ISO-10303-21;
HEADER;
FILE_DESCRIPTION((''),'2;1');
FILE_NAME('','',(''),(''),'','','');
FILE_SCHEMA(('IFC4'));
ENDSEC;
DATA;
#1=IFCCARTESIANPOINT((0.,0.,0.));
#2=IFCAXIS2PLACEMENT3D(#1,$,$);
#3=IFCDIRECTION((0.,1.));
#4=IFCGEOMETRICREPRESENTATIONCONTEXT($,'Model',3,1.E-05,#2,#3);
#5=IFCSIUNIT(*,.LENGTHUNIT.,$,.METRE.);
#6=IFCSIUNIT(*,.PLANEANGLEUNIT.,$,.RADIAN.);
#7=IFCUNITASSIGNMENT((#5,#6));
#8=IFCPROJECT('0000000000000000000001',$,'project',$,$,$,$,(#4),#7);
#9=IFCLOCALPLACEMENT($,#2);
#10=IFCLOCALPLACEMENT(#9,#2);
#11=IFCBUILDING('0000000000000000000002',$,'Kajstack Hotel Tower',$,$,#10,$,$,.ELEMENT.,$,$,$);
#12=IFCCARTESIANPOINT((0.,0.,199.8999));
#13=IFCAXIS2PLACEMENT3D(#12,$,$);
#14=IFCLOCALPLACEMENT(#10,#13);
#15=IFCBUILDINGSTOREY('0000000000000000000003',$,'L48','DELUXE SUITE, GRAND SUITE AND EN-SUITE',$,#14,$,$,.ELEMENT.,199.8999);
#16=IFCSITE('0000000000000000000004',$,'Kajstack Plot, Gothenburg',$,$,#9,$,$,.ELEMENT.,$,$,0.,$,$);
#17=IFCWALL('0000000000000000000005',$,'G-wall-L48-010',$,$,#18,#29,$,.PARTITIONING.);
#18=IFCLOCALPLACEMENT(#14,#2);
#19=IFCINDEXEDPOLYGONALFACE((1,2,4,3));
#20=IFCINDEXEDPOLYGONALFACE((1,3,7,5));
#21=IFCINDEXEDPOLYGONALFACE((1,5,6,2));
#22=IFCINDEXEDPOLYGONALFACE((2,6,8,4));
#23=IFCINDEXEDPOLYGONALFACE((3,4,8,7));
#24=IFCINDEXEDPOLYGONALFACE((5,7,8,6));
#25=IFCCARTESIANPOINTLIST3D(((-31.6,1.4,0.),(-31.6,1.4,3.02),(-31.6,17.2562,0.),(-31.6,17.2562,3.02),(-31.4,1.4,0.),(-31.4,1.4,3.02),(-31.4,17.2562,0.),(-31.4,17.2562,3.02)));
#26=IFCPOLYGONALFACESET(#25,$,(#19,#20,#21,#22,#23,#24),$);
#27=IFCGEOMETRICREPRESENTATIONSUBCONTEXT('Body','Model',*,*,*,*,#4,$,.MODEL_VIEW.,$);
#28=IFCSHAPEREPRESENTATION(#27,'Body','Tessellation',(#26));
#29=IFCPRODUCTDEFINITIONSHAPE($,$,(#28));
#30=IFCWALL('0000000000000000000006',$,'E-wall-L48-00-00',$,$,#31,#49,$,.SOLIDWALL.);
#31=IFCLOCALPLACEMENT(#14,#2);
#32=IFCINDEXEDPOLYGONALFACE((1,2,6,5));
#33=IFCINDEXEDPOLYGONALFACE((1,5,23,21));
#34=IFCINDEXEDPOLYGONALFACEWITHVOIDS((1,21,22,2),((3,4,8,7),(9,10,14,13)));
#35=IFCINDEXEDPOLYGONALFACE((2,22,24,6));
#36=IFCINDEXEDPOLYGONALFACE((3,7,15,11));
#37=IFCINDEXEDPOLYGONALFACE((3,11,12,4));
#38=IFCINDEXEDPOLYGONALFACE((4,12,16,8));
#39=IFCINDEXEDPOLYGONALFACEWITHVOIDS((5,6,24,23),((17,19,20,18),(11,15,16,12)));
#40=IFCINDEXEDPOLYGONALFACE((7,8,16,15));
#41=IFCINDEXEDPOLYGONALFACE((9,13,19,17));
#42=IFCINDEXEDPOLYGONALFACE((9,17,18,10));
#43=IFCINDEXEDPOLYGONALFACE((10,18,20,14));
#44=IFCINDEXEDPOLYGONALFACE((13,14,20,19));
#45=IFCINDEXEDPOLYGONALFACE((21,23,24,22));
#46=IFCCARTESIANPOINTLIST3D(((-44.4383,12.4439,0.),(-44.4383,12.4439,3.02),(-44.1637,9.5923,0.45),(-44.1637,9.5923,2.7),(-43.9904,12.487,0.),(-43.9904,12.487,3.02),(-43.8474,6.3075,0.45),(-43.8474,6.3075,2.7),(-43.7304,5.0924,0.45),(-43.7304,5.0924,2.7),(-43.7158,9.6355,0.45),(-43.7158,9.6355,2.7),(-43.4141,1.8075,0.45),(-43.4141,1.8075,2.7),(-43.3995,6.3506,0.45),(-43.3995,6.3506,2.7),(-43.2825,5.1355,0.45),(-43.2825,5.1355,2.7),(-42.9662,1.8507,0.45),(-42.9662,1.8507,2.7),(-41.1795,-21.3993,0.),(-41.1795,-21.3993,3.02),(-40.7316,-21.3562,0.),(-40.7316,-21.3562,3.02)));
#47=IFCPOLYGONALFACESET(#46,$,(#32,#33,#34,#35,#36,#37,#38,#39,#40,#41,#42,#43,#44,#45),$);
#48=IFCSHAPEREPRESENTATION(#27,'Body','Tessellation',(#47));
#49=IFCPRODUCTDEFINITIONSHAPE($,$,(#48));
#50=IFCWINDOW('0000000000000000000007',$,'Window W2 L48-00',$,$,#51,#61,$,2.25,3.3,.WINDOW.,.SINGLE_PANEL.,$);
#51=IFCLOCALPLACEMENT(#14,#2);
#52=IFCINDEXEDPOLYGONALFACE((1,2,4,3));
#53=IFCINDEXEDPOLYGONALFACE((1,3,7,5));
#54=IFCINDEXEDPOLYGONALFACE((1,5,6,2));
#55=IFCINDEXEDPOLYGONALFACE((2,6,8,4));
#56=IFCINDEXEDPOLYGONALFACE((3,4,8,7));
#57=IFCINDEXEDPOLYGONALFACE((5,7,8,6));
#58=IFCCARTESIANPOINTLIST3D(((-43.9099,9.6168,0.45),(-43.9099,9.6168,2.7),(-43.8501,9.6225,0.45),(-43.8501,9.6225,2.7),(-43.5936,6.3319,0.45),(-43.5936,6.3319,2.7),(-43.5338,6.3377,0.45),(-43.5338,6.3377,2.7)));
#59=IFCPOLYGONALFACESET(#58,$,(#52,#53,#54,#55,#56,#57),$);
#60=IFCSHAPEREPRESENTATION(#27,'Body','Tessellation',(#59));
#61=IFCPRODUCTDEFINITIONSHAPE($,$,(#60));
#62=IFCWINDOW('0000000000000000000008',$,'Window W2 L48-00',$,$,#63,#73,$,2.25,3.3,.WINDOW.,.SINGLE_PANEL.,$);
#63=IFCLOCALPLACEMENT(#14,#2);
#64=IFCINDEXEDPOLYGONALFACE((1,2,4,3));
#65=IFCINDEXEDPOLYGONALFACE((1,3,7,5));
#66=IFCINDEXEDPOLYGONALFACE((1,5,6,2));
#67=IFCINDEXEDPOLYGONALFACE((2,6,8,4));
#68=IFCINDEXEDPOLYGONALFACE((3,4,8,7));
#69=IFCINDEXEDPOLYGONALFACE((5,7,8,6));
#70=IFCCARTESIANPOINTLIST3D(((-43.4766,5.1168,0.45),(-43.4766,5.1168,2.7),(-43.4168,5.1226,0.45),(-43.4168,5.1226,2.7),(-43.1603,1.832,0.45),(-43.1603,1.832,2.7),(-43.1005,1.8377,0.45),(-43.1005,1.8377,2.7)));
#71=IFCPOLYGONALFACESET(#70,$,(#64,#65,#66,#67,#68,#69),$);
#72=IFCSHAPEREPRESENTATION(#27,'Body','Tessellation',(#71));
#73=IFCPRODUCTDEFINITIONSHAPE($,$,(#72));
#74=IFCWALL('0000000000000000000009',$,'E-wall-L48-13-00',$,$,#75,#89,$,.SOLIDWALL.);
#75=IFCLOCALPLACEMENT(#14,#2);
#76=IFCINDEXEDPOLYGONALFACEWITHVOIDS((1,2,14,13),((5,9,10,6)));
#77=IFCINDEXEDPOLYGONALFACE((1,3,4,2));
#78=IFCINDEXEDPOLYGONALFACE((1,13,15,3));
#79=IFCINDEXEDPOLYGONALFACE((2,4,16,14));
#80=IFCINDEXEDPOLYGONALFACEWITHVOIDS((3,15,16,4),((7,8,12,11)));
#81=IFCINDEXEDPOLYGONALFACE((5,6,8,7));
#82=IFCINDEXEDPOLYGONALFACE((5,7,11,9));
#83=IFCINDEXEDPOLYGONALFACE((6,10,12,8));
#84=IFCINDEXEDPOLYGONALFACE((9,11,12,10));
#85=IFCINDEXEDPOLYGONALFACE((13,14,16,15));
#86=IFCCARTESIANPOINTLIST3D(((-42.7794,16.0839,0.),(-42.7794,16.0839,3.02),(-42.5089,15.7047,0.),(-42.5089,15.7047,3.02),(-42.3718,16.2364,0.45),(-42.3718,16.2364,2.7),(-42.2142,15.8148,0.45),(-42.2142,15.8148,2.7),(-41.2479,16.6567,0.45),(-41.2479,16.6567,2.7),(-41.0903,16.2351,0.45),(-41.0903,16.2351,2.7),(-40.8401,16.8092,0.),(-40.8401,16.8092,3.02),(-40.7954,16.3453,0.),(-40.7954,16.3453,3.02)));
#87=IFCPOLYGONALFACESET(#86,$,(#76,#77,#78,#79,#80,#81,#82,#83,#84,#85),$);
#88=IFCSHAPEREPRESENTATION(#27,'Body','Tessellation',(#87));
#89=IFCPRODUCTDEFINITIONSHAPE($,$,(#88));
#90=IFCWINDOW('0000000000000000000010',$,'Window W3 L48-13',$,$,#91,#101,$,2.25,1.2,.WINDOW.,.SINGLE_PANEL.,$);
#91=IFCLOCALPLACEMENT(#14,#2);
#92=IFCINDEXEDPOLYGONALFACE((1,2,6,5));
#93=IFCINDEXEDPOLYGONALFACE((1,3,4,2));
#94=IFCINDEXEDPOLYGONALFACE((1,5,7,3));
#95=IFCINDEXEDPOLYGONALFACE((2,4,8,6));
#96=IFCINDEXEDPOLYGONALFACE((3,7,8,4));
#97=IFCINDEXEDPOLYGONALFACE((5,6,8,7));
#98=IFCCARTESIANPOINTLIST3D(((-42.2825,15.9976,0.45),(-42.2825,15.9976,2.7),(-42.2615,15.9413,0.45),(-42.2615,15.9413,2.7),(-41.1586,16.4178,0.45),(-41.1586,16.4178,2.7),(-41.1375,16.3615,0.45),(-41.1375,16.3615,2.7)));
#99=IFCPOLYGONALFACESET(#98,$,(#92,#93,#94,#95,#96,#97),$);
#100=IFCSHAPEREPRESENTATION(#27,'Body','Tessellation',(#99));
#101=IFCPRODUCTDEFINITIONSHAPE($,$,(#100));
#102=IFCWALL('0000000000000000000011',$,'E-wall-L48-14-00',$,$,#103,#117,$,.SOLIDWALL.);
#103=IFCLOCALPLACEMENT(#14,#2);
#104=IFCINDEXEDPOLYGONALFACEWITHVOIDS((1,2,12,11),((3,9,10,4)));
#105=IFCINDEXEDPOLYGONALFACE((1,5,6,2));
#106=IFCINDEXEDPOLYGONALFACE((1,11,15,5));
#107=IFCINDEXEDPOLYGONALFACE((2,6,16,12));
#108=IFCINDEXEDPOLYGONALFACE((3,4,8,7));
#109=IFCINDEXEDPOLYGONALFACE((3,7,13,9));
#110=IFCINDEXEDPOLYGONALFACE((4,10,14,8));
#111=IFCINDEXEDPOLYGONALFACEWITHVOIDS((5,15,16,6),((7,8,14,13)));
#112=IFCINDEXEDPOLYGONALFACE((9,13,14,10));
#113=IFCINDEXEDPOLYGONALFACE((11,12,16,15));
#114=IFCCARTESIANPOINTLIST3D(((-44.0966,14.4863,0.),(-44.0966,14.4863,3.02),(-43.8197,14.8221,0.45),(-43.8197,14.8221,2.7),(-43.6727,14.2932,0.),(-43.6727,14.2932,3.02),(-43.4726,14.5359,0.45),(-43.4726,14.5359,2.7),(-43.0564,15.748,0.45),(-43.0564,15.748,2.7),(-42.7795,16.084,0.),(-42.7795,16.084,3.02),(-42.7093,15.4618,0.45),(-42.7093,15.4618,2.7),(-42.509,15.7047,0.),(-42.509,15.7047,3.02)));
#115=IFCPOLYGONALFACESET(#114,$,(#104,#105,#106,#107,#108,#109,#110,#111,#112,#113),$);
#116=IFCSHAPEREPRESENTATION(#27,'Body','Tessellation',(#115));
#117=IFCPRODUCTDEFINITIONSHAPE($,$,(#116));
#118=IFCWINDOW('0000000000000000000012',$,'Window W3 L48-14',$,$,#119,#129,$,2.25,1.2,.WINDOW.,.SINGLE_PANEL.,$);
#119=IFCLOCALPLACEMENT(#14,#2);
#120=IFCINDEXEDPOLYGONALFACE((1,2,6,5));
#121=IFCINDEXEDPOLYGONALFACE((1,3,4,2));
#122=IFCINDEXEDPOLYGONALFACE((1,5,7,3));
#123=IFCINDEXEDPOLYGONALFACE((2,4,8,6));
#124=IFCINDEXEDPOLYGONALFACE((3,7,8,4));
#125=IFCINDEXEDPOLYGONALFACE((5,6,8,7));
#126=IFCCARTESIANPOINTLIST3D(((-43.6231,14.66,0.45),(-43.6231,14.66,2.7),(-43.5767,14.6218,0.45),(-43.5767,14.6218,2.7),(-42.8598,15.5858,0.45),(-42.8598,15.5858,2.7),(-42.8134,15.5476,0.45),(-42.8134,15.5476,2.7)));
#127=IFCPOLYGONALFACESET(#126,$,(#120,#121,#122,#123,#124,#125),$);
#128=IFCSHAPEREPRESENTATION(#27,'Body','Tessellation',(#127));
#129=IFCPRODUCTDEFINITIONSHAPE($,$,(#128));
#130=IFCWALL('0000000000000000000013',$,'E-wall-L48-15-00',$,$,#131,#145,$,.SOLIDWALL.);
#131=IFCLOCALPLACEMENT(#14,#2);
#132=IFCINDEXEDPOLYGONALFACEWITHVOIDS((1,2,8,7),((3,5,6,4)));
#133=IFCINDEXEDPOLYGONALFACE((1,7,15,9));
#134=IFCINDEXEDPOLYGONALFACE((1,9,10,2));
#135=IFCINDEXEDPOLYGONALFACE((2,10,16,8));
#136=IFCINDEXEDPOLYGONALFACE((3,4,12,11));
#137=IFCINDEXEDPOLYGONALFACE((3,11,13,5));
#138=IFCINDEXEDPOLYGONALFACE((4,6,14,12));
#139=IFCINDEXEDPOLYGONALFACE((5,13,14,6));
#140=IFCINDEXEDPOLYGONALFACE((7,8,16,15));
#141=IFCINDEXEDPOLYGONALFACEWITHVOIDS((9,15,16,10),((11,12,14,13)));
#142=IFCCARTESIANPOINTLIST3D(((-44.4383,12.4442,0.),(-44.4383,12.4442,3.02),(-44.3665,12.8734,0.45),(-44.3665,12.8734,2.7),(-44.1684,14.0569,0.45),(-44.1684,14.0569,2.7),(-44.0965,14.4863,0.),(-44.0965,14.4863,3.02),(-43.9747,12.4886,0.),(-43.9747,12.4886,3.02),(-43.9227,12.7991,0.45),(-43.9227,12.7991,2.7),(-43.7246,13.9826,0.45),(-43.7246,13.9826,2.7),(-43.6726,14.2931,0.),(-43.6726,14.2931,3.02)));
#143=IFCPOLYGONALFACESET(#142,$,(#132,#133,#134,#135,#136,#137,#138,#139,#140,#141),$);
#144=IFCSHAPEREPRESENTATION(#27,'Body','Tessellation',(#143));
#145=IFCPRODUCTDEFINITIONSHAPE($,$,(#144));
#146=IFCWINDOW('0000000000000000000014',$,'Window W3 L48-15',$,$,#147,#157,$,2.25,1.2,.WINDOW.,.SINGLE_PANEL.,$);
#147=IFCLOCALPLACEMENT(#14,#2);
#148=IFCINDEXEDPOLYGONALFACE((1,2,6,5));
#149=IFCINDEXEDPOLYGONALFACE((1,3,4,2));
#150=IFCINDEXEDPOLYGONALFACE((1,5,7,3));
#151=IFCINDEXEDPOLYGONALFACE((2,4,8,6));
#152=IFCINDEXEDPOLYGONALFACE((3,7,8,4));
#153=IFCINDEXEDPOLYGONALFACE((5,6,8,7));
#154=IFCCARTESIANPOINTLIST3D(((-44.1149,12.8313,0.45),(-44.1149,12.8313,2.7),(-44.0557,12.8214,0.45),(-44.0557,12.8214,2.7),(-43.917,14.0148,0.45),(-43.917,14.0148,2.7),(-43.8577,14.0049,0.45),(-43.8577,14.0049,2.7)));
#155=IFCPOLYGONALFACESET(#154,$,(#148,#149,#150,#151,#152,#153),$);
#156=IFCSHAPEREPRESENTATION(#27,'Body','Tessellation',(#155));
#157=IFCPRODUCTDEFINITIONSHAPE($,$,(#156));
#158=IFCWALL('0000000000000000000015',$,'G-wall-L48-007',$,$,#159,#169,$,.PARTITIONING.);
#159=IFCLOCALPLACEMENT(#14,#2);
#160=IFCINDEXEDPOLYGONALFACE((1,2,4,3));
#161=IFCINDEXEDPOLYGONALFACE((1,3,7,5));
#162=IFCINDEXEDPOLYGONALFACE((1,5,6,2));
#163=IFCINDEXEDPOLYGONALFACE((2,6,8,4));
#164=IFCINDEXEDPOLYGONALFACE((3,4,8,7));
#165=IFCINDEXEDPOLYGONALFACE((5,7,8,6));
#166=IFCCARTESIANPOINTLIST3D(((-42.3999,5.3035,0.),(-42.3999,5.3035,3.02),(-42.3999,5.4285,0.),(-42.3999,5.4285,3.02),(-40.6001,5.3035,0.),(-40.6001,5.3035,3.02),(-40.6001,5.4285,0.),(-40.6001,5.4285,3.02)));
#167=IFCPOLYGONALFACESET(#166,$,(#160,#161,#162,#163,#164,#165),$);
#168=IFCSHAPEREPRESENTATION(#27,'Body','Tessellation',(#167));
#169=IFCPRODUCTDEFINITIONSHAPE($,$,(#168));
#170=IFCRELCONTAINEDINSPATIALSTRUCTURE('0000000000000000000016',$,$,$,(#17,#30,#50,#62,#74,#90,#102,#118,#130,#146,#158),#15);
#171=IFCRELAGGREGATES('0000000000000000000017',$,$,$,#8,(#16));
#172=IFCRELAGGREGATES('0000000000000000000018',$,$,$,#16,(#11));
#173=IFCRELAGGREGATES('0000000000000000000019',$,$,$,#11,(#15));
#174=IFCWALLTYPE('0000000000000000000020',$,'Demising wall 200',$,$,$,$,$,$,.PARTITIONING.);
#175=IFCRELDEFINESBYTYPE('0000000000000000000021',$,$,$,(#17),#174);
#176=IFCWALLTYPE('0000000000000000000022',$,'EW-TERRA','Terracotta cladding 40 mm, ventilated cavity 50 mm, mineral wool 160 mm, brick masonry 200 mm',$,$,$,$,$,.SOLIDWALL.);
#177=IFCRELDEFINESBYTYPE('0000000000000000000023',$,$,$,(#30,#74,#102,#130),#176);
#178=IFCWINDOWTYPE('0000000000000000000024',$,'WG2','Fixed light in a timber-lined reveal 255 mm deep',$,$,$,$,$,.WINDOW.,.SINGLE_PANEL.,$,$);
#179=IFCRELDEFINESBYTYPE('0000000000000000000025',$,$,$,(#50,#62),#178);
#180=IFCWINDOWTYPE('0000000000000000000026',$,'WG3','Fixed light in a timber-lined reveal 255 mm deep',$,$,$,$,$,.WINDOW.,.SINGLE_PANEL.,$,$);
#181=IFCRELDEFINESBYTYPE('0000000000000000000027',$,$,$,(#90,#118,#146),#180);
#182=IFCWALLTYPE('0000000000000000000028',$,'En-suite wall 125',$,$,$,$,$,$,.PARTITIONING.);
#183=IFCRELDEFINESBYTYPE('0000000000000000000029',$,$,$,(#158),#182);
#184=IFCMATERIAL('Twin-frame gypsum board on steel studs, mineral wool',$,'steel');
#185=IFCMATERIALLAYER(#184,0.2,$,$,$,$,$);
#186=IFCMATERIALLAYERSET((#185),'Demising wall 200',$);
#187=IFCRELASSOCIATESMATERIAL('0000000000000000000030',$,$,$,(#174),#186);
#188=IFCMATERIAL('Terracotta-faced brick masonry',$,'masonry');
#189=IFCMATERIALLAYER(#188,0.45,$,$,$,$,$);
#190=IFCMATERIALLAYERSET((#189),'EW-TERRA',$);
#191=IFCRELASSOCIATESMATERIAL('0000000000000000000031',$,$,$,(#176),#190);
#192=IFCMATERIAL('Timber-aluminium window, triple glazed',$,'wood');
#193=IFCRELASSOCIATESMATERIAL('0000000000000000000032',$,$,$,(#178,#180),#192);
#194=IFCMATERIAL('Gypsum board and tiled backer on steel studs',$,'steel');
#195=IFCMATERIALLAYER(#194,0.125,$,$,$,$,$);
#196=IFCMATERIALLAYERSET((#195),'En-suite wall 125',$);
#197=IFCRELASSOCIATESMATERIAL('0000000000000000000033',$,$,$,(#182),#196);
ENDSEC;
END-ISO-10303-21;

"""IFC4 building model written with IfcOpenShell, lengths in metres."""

from ifc_helpers import new_model, si_unit, direction, frame, frame_2d, origin, place, context, subcontext, project, spatial, polyline, rectangle, outline, extrude, material, layer, layer_set, type_object, element, fill, save


model = new_model("IFC4")

# Units and contexts
model_context = context("Model", 3, precision=1e-05, world=origin(), true_north=direction((0.0, 1.0)))
body_context = subcontext(model_context, "Body", "Model", "MODEL_VIEW")
ifc_project = project(units=[si_unit("LENGTHUNIT", "METRE"), si_unit("PLANEANGLEUNIT", "RADIAN")], contexts=[model_context])

# Site, building, storey
site_placement = place(None, origin())
site = spatial("IfcSite", under=ifc_project, at=site_placement, Name="Kajstack Plot, Gothenburg", CompositionType="ELEMENT", RefElevation=0.0)
building_placement = place(site_placement, origin())
building = spatial("IfcBuilding", under=site, at=building_placement, Name="Kajstack Hotel Tower", CompositionType="ELEMENT")
storey_placement = place(building_placement, frame((0.0, 0.0, 199.8999)))
storey = spatial("IfcBuildingStorey", under=building, at=storey_placement, Name="L48", Description="DELUXE SUITE, GRAND SUITE AND EN-SUITE", CompositionType="ELEMENT", Elevation=199.8999)

# Wall
ifc_material_1 = material(Name="Twin-frame gypsum board on steel studs, mineral wool", Category="steel")
ifc_layer_1 = layer(ifc_material_1, 0.2)
ifc_layer_set_1 = layer_set([ifc_layer_1], Name="Demising wall 200")
wall_type_1 = type_object("IfcWallType", Name="Demising wall 200", PredefinedType="PARTITIONING", material=ifc_layer_set_1)
wall_1_placement = place(storey_placement, frame((-31.5, 1.3999, 0.0), z_axis=(0.0, 0.0, 1.0), x_axis=(0.0, 1.0, 0.0)))
element("IfcWall", 1, at=wall_1_placement, inside=storey, type_object=wall_type_1, Name="G-wall-L48-010", PredefinedType="PARTITIONING", context=body_context, shape_type="SweptSolid", body=[
    extrude(rectangle(XDim=15.8562, YDim=0.2, at=frame_2d((7.9282, 0.0))), origin(), (0.0, 0.0, 1.0), 3.02),
])

# Wall, openings, windows
ifc_material_2 = material(Name="Terracotta-faced brick masonry", Category="masonry")
ifc_layer_2 = layer(ifc_material_2, 0.45)
ifc_layer_set_2 = layer_set([ifc_layer_2], Name="EW-TERRA")
wall_type_2 = type_object("IfcWallType", Name="EW-TERRA", Description="Terracotta cladding 40 mm, ventilated cavity 50 mm, mineral wool 160 mm, brick masonry 200 mm", PredefinedType="SOLIDWALL", material=ifc_layer_set_2)
wall_2_placement = place(storey_placement, frame((-44.2144, 12.4656, 0.0), z_axis=(0.0, 0.0, 1.0), x_axis=(0.095847, -0.995396, 0.0)))
wall_2 = element("IfcWall", 2, at=wall_2_placement, inside=storey, type_object=wall_type_2, Name="E-wall-L48-00-00", PredefinedType="SOLIDWALL", context=body_context, shape_type="SweptSolid", body=[
    extrude(rectangle(XDim=33.9998, YDim=0.45, at=frame_2d((17.0, 0.0))), origin(), (0.0, 0.0, 1.0), 3.02),
])
opening_1_placement = place(wall_2_placement, frame((2.865, 0.0, 0.45)))
opening_1 = element("IfcOpeningElement", 3, at=opening_1_placement, cuts=wall_2, PredefinedType="OPENING", context=body_context, shape_type="SweptSolid", body=[
    extrude(rectangle(XDim=3.3, YDim=2.25, at=frame_2d((1.6499, 1.125))), frame((0.0, 0.2349, 0.0), z_axis=(0.0, -1.0, 0.0), x_axis=(1.0, 0.0, 0.0)), (0.0, 0.0, 1.0), 0.47),
])
opening_2_placement = place(wall_2_placement, frame((7.3857, 0.0, 0.45)))
opening_2 = element("IfcOpeningElement", 4, at=opening_2_placement, cuts=wall_2, PredefinedType="OPENING", context=body_context, shape_type="SweptSolid", body=[
    extrude(rectangle(XDim=3.3, YDim=2.25, at=frame_2d((1.6499, 1.125))), frame((0.0, 0.2349, 0.0), z_axis=(0.0, -1.0, 0.0), x_axis=(1.0, 0.0, 0.0)), (0.0, 0.0, 1.0), 0.47),
])
ifc_material_3 = material(Name="Timber-aluminium window, triple glazed", Category="wood")
window_type_1 = type_object("IfcWindowType", Name="WG2", Description="Fixed light in a timber-lined reveal 255 mm deep", PartitioningType="SINGLE_PANEL", PredefinedType="WINDOW", material=ifc_material_3)
window_1_placement = place(opening_1_placement, origin())
window_1 = element("IfcWindow", 5, at=window_1_placement, inside=storey, type_object=window_type_1, Name="Window W2 L48-00", OverallHeight=2.25, OverallWidth=3.3, PartitioningType="SINGLE_PANEL", PredefinedType="WINDOW", context=body_context, shape_type="SweptSolid", body=[
    extrude(rectangle(XDim=3.3, YDim=2.25, at=frame_2d((1.6499, 1.125))), frame((0.0, 0.0901, 0.0), z_axis=(0.0, -1.0, 0.0), x_axis=(1.0, 0.0, 0.0)), (0.0, 0.0, 1.0), 0.0601),
])
fill(opening_1, window_1)
window_2_placement = place(opening_2_placement, origin())
window_2 = element("IfcWindow", 6, at=window_2_placement, inside=storey, type_object=window_type_1, Name="Window W2 L48-00", OverallHeight=2.25, OverallWidth=3.3, PartitioningType="SINGLE_PANEL", PredefinedType="WINDOW", context=body_context, shape_type="SweptSolid", body=[
    extrude(rectangle(XDim=3.3, YDim=2.25, at=frame_2d((1.6499, 1.125))), frame((0.0, 0.0901, 0.0), z_axis=(0.0, -1.0, 0.0), x_axis=(1.0, 0.0, 0.0)), (0.0, 0.0, 1.0), 0.0601),
])
fill(opening_2, window_2)

# Walls, openings, windows
wall_3_placement = place(storey_placement, frame((-40.7612, 16.5984, 0.0), z_axis=(0.0, 0.0, 1.0), x_axis=(-0.936678, -0.350193, 0.0)))
wall_3 = element("IfcWall", 7, at=wall_3_placement, inside=storey, type_object=wall_type_2, Name="E-wall-L48-13-00", PredefinedType="SOLIDWALL", context=body_context, shape_type="SweptSolid", body=[
    extrude(outline(polyline([(0.0, -0.2251), (2.0706, -0.2249), (1.95, 0.2251), (0.1206, 0.2251), (0.0, -0.2251)])), origin(), (0.0, 0.0, 1.0), 3.02),
])
opening_3_placement = place(wall_3_placement, frame((0.4353, 0.0, 0.45)))
opening_3 = element("IfcOpeningElement", 8, at=opening_3_placement, cuts=wall_3, PredefinedType="OPENING", context=body_context, shape_type="SweptSolid", body=[
    extrude(rectangle(XDim=1.2, YDim=2.25, at=frame_2d((0.6001, 1.125))), frame((0.0, 0.2349, 0.0), z_axis=(0.0, -1.0, 0.0), x_axis=(1.0, 0.0, 0.0)), (0.0, 0.0, 1.0), 0.47),
])
window_type_2 = type_object("IfcWindowType", Name="WG3", Description="Fixed light in a timber-lined reveal 255 mm deep", PartitioningType="SINGLE_PANEL", PredefinedType="WINDOW", material=ifc_material_3)
window_3_placement = place(opening_3_placement, origin())
window_3 = element("IfcWindow", 9, at=window_3_placement, inside=storey, type_object=window_type_2, Name="Window W3 L48-13", OverallHeight=2.25, OverallWidth=1.2, PartitioningType="SINGLE_PANEL", PredefinedType="WINDOW", context=body_context, shape_type="SweptSolid", body=[
    extrude(rectangle(XDim=1.2, YDim=2.25, at=frame_2d((0.6001, 1.125))), frame((0.0, 0.0901, 0.0), z_axis=(0.0, -1.0, 0.0), x_axis=(1.0, 0.0, 0.0)), (0.0, 0.0, 1.0), 0.0601),
])
fill(opening_3, window_3)
wall_4_placement = place(storey_placement, frame((-42.606, 15.9409, 0.0), z_axis=(0.0, 0.0, 1.0), x_axis=(-0.636116, -0.771593, 0.0)))
wall_4 = element("IfcWall", 10, at=wall_4_placement, inside=storey, type_object=wall_type_2, Name="E-wall-L48-14-00", PredefinedType="SOLIDWALL", context=body_context, shape_type="SweptSolid", body=[
    extrude(outline(polyline([(0.0, -0.2249), (2.0706, -0.2249), (1.95, 0.2251), (0.1206, 0.2251), (0.0, -0.2249)])), origin(), (0.0, 0.0, 1.0), 3.02),
])
opening_4_placement = place(wall_4_placement, frame((0.4353, 0.0, 0.45)))
opening_4 = element("IfcOpeningElement", 11, at=opening_4_placement, cuts=wall_4, PredefinedType="OPENING", context=body_context, shape_type="SweptSolid", body=[
    extrude(rectangle(XDim=1.2, YDim=2.25, at=frame_2d((0.6001, 1.125))), frame((0.0, 0.2349, 0.0), z_axis=(0.0, -1.0, 0.0), x_axis=(1.0, 0.0, 0.0)), (0.0, 0.0, 1.0), 0.47),
])
window_4_placement = place(opening_4_placement, origin())
window_4 = element("IfcWindow", 12, at=window_4_placement, inside=storey, type_object=window_type_2, Name="Window W3 L48-14", OverallHeight=2.25, OverallWidth=1.2, PartitioningType="SINGLE_PANEL", PredefinedType="WINDOW", context=body_context, shape_type="SweptSolid", body=[
    extrude(rectangle(XDim=1.2, YDim=2.25, at=frame_2d((0.6001, 1.125))), frame((0.0, 0.0901, 0.0), z_axis=(0.0, -1.0, 0.0), x_axis=(1.0, 0.0, 0.0)), (0.0, 0.0, 1.0), 0.0601),
])
fill(opening_4, window_4)
wall_5_placement = place(storey_placement, frame((-43.8748, 14.4492, 0.0), z_axis=(0.0, 0.0, 1.0), x_axis=(-0.164953, -0.986301, 0.0)))
wall_5 = element("IfcWall", 13, at=wall_5_placement, inside=storey, type_object=wall_type_2, Name="E-wall-L48-15-00", PredefinedType="SOLIDWALL", context=body_context, shape_type="SweptSolid", body=[
    extrude(outline(polyline([(0.0, -0.2249), (2.0706, -0.2251), (1.9502, 0.2249), (0.1206, 0.2251), (0.0, -0.2249)])), origin(), (0.0, 0.0, 1.0), 3.02),
])
opening_5_placement = place(wall_5_placement, frame((0.4353, 0.0, 0.45)))
opening_5 = element("IfcOpeningElement", 14, at=opening_5_placement, cuts=wall_5, PredefinedType="OPENING", context=body_context, shape_type="SweptSolid", body=[
    extrude(rectangle(XDim=1.2, YDim=2.25, at=frame_2d((0.6001, 1.125))), frame((0.0, 0.2349, 0.0), z_axis=(0.0, -1.0, 0.0), x_axis=(1.0, 0.0, 0.0)), (0.0, 0.0, 1.0), 0.47),
])
window_5_placement = place(opening_5_placement, origin())
window_5 = element("IfcWindow", 15, at=window_5_placement, inside=storey, type_object=window_type_2, Name="Window W3 L48-15", OverallHeight=2.25, OverallWidth=1.2, PartitioningType="SINGLE_PANEL", PredefinedType="WINDOW", context=body_context, shape_type="SweptSolid", body=[
    extrude(rectangle(XDim=1.2, YDim=2.25, at=frame_2d((0.6001, 1.125))), frame((0.0, 0.0901, 0.0), z_axis=(0.0, -1.0, 0.0), x_axis=(1.0, 0.0, 0.0)), (0.0, 0.0, 1.0), 0.0601),
])
fill(opening_5, window_5)

# Wall
ifc_material_4 = material(Name="Gypsum board and tiled backer on steel studs", Category="steel")
ifc_layer_3 = layer(ifc_material_4, 0.125)
ifc_layer_set_3 = layer_set([ifc_layer_3], Name="En-suite wall 125")
wall_type_3 = type_object("IfcWallType", Name="En-suite wall 125", PredefinedType="PARTITIONING", material=ifc_layer_set_3)
wall_6_placement = place(storey_placement, frame((-42.3999, 5.366, 0.0), z_axis=(0.0, 0.0, 1.0), x_axis=(1.0, 0.0, 0.0)))
element("IfcWall", 16, at=wall_6_placement, inside=storey, type_object=wall_type_3, Name="G-wall-L48-007", PredefinedType="PARTITIONING", context=body_context, shape_type="SweptSolid", body=[
    extrude(rectangle(XDim=1.7998, YDim=0.125, at=frame_2d((0.8999, 0.0))), origin(), (0.0, 0.0, 1.0), 3.02),
])

save(model, "model.ifc")
